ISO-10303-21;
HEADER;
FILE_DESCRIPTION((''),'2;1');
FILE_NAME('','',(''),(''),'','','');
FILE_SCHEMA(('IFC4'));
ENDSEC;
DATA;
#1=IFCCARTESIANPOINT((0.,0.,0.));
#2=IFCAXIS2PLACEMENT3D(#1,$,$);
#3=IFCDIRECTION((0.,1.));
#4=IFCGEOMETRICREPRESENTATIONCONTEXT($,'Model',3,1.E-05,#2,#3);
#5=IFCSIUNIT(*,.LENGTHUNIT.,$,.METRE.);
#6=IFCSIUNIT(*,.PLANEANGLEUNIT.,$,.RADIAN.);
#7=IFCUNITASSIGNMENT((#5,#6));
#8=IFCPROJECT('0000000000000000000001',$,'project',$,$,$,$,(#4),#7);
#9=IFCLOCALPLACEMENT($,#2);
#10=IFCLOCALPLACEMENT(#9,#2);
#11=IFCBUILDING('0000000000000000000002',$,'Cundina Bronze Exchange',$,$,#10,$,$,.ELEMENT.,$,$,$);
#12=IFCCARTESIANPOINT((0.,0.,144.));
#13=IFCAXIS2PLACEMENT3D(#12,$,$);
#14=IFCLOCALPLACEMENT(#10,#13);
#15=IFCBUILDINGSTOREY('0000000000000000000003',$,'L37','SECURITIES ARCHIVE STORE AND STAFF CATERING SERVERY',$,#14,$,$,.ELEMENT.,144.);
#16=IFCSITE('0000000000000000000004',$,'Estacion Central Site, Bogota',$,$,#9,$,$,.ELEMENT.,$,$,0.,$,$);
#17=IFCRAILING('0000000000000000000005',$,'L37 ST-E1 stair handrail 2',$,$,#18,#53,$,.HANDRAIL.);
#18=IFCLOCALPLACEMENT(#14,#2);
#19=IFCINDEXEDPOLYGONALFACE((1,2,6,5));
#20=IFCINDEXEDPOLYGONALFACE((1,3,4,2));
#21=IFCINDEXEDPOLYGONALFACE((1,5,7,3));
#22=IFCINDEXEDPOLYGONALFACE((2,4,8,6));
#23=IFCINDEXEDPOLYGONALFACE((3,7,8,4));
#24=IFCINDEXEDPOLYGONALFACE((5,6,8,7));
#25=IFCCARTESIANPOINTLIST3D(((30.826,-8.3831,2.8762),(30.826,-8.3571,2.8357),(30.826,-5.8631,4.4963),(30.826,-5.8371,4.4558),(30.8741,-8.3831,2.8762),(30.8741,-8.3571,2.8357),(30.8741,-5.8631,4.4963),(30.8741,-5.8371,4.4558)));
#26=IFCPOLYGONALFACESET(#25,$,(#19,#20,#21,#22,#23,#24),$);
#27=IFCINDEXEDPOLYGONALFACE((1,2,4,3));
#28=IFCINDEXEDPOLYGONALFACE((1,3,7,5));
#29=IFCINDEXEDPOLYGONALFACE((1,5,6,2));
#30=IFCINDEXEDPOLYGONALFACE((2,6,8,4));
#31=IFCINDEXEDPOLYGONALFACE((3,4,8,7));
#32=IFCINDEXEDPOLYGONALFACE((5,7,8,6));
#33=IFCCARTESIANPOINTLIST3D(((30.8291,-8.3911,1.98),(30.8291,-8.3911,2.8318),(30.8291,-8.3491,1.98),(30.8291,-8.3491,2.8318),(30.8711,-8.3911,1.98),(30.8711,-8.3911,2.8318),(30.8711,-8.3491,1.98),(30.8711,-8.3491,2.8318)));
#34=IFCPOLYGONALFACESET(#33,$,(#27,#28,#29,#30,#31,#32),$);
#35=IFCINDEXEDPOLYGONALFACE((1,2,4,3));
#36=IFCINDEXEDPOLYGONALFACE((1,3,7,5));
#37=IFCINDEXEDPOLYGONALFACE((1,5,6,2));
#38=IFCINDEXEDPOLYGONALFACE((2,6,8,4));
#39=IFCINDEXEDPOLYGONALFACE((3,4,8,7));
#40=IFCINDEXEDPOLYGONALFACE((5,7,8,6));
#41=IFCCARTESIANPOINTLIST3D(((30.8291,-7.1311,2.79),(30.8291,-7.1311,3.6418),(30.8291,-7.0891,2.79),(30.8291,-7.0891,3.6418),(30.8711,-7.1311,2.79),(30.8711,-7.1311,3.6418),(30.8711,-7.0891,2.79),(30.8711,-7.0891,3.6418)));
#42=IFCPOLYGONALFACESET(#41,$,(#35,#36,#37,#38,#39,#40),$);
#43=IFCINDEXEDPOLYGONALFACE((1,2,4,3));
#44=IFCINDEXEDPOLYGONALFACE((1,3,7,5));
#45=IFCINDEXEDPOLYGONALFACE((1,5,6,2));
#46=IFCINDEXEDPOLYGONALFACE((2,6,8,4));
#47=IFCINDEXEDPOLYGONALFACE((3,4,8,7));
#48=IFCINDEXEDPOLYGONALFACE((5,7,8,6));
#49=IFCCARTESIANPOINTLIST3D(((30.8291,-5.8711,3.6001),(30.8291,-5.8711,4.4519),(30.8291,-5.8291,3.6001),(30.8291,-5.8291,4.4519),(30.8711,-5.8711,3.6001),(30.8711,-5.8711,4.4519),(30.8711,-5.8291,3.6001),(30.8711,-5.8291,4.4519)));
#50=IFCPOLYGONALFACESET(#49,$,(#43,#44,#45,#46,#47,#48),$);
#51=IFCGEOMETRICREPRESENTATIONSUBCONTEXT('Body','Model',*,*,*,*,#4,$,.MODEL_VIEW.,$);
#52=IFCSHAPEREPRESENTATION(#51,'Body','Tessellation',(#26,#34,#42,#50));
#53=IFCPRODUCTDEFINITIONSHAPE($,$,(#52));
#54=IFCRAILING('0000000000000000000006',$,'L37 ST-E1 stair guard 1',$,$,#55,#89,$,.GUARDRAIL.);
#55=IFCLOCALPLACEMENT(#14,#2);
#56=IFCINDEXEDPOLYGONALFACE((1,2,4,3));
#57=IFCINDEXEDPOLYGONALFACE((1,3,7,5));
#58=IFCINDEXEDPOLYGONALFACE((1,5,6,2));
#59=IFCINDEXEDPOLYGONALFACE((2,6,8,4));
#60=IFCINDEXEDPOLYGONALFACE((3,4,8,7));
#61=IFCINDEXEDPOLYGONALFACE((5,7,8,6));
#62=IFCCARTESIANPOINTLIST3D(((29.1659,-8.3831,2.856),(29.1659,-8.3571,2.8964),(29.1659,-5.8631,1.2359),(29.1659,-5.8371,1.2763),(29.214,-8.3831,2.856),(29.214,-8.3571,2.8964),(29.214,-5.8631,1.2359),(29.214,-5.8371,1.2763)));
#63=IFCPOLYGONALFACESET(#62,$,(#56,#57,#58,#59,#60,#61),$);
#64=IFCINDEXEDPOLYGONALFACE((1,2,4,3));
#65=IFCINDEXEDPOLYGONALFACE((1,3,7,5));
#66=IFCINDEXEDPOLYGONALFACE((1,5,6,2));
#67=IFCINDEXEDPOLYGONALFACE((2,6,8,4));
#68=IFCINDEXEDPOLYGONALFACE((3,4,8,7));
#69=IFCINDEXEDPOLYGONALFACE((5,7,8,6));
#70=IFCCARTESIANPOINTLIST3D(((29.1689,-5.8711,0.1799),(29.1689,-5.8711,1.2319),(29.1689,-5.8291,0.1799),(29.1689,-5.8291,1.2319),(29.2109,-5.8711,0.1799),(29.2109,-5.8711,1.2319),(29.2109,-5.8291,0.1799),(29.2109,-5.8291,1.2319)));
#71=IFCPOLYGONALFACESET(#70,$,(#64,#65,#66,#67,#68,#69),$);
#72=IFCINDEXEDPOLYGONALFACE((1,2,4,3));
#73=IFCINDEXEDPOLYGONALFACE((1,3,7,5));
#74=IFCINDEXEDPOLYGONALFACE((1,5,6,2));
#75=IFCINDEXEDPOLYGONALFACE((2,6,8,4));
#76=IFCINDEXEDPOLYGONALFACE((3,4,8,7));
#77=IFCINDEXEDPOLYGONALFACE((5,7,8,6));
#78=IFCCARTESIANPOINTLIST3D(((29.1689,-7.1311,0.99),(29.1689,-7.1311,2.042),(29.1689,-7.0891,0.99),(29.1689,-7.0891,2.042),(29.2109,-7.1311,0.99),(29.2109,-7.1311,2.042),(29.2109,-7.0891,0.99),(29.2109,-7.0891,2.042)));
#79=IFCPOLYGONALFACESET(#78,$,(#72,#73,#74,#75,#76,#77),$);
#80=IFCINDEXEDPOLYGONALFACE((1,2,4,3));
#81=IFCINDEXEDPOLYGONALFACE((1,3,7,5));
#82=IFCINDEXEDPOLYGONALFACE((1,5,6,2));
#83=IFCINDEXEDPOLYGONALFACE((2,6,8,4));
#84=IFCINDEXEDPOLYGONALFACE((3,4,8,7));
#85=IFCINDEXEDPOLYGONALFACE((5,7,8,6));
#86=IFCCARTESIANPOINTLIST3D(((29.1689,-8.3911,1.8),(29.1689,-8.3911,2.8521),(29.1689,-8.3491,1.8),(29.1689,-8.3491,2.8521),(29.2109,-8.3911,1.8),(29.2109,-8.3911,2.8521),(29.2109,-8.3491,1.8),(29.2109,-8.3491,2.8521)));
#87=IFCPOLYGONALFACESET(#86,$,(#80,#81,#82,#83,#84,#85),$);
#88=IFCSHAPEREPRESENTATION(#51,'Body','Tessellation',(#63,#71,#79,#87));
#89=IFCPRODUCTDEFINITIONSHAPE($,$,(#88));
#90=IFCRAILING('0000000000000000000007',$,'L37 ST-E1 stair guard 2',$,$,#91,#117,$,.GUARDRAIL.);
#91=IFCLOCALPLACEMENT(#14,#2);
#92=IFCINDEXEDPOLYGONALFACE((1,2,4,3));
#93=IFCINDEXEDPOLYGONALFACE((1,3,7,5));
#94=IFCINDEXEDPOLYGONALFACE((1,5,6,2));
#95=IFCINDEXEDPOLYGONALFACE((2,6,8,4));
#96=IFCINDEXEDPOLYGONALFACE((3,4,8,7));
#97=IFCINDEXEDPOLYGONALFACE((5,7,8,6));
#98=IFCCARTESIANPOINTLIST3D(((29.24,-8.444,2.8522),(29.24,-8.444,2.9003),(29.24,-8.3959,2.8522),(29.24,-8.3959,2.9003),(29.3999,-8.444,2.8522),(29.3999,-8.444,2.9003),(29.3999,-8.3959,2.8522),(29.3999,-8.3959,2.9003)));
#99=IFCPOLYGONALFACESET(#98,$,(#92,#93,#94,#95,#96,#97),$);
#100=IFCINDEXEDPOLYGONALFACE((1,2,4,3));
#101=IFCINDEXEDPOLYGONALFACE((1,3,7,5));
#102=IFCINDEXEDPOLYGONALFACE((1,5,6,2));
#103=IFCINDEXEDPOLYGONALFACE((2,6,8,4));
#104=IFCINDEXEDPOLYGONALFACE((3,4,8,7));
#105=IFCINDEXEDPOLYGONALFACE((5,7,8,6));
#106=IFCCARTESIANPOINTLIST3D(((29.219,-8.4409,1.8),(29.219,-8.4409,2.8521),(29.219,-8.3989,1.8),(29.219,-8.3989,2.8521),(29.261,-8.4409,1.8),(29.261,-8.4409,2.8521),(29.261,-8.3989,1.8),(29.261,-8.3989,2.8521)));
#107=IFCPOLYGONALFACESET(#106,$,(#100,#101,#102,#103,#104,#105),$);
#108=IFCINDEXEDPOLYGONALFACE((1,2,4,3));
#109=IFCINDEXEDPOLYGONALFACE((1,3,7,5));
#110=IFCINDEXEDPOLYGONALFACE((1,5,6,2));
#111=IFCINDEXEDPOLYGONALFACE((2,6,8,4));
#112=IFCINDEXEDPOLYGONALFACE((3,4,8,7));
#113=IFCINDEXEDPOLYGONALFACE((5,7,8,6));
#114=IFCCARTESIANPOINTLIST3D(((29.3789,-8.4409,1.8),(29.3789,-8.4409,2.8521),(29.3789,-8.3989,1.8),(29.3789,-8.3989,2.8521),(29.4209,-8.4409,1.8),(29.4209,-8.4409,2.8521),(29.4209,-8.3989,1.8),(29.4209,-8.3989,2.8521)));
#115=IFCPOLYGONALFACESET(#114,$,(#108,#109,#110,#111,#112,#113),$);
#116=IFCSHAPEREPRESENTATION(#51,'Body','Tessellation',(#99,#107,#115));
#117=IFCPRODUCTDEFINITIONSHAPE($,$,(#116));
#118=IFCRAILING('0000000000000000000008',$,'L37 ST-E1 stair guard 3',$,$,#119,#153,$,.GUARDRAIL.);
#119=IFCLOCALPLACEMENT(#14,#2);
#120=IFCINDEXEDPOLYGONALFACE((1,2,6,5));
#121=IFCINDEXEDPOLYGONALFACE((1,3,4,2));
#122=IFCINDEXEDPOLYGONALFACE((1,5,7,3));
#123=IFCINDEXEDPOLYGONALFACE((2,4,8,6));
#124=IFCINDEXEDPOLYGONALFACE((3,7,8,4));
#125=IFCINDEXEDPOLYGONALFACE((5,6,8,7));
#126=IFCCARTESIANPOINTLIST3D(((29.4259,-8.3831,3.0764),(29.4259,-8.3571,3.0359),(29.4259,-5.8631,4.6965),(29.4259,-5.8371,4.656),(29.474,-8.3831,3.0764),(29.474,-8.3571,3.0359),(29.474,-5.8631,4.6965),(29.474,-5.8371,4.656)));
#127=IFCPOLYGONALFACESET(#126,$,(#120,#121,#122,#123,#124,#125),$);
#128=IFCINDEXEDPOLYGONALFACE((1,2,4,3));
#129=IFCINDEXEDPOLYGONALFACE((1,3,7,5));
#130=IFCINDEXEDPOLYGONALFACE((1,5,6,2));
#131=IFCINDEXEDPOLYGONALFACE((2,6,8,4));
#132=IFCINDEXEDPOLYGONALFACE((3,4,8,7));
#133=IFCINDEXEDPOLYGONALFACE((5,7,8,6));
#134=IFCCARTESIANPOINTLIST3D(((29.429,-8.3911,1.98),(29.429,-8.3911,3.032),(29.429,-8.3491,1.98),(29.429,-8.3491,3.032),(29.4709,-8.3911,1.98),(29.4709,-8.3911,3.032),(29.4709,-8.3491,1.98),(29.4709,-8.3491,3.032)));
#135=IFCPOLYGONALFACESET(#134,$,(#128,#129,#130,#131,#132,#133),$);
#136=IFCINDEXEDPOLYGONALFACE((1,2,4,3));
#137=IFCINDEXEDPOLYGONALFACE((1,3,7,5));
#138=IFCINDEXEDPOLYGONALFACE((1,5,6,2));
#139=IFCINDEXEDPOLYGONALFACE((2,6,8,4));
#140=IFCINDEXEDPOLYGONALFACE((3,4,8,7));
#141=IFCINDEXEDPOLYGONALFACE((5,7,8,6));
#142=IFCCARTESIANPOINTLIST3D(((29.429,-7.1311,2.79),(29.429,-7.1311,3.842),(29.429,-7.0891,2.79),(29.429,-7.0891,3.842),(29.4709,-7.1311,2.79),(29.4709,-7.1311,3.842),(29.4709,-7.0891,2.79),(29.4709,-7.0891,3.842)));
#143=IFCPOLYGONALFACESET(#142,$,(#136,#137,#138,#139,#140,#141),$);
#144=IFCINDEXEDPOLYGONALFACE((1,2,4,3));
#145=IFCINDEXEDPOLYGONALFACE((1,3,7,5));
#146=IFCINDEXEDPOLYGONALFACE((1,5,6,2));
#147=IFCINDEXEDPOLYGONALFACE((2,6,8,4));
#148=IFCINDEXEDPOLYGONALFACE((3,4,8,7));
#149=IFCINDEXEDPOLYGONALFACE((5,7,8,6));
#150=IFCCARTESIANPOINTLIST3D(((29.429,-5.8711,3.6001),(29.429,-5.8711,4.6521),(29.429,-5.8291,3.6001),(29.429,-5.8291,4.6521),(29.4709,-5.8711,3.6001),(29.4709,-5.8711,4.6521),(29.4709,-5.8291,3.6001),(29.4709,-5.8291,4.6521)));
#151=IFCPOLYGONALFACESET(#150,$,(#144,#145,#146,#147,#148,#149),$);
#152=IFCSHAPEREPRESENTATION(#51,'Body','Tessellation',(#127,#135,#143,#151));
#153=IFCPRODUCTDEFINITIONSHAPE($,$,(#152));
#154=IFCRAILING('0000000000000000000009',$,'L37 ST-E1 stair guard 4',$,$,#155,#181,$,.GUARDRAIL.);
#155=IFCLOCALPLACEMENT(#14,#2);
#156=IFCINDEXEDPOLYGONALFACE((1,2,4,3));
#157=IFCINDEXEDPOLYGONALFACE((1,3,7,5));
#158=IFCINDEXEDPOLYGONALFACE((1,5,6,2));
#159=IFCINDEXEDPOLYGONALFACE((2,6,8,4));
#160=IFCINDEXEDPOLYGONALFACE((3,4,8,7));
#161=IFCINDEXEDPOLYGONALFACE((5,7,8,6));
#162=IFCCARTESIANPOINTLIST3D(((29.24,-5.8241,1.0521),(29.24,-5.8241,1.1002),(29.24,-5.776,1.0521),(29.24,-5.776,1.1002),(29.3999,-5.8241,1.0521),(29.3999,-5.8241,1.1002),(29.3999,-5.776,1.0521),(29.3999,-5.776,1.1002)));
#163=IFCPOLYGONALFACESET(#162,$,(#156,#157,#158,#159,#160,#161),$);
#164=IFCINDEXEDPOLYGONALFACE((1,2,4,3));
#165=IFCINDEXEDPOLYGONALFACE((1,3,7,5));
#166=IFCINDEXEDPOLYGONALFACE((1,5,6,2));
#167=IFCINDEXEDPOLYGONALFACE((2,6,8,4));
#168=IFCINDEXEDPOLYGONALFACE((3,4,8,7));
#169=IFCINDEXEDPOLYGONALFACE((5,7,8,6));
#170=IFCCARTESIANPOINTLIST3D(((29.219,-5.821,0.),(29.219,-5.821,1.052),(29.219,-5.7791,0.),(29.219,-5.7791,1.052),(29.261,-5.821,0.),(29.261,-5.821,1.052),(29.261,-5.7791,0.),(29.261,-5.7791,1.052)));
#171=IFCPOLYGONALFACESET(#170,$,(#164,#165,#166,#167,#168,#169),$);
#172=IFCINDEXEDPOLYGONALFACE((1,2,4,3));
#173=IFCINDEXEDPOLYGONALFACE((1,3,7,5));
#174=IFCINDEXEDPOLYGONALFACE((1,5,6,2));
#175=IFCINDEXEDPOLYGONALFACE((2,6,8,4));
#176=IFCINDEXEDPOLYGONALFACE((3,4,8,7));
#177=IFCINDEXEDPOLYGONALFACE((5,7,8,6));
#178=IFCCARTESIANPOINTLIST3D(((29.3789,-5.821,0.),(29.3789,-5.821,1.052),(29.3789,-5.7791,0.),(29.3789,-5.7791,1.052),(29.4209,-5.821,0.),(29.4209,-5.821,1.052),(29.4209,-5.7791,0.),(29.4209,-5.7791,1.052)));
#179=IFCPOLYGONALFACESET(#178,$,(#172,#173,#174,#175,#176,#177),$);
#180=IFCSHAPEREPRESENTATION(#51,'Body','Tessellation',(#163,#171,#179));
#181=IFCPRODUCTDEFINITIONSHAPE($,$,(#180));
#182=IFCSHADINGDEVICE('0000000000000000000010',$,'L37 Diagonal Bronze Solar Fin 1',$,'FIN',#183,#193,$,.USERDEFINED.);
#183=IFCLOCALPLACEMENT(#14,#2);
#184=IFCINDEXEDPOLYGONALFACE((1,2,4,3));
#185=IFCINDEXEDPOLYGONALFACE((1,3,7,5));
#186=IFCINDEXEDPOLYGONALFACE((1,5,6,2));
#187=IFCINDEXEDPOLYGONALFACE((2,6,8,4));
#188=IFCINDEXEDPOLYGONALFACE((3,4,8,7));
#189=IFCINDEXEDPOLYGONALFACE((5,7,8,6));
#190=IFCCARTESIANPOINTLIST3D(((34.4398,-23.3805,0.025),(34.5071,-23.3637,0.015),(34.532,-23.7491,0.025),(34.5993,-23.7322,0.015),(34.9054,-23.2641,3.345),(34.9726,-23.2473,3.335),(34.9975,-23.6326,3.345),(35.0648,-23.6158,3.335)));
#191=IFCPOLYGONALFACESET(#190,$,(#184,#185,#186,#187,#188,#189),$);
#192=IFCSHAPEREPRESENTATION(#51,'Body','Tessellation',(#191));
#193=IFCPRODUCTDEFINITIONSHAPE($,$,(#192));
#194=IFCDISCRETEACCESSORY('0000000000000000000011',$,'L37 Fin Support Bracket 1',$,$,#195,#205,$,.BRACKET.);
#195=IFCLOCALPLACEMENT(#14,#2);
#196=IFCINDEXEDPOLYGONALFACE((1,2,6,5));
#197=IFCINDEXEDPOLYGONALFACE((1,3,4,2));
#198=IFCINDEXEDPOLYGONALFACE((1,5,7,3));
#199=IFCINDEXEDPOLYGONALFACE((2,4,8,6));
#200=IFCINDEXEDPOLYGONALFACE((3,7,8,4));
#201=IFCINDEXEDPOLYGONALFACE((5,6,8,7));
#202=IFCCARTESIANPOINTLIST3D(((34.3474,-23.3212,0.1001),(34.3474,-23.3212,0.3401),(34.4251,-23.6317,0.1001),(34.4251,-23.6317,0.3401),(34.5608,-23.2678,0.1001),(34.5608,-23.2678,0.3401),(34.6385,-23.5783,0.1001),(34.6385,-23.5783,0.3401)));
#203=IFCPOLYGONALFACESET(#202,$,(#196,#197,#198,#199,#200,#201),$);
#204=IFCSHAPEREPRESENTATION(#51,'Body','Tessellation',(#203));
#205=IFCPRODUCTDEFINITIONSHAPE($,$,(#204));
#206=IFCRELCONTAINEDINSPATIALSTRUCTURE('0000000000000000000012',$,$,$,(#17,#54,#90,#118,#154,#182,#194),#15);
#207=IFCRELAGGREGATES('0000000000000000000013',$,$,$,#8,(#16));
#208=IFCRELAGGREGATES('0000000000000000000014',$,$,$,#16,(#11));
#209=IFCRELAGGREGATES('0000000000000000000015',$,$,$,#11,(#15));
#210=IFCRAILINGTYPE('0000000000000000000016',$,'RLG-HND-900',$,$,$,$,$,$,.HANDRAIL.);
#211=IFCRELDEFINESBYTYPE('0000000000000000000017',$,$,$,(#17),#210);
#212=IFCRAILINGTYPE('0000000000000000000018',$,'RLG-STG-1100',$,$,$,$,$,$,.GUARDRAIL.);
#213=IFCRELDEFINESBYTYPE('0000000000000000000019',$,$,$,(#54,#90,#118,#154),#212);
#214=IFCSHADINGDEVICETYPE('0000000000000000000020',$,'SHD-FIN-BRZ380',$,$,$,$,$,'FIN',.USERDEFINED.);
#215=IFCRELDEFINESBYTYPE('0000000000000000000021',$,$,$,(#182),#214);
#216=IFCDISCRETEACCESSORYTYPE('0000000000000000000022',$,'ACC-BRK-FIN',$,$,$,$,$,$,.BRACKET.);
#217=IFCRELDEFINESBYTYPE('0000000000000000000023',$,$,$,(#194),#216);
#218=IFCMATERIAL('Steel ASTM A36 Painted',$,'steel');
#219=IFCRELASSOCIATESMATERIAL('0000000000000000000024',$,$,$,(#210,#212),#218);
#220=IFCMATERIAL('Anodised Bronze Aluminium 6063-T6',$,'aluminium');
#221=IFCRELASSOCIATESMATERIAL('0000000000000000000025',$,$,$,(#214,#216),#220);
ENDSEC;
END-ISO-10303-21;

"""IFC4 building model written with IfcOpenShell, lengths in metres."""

from ifc_helpers import new_model, si_unit, direction, frame, origin, origin_2d, place, context, subcontext, project, spatial, rectangle, extrude, material, material_profile, profile_set, type_object, element, save


model = new_model("IFC4")

# Units and contexts
model_context = context("Model", 3, precision=1e-05, world=origin(), true_north=direction((0.0, 1.0)))
body_context = subcontext(model_context, "Body", "Model", "MODEL_VIEW")
ifc_project = project(units=[si_unit("LENGTHUNIT", "METRE"), si_unit("PLANEANGLEUNIT", "RADIAN")], contexts=[model_context])

# Site, building, storey
site_placement = place(None, origin())
site = spatial("IfcSite", under=ifc_project, at=site_placement, Name="Estacion Central Site, Bogota", CompositionType="ELEMENT", RefElevation=0.0)
building_placement = place(site_placement, origin())
building = spatial("IfcBuilding", under=site, at=building_placement, Name="Cundina Bronze Exchange", CompositionType="ELEMENT")
storey_placement = place(building_placement, frame((0.0, 0.0, 144.0)))
storey = spatial("IfcBuildingStorey", under=building, at=storey_placement, Name="L37", Description="SECURITIES ARCHIVE STORE AND STAFF CATERING SERVERY", CompositionType="ELEMENT", Elevation=144.0)

# Shared definitions
ifc_material_1 = material(Name="Anodised Bronze Aluminium 6063-T6", Category="aluminium")

# Railings
ifc_material_2 = material(Name="Steel ASTM A36 Painted", Category="steel")
railing_type_1 = type_object("IfcRailingType", Name="RLG-HND-900", PredefinedType="HANDRAIL", material=ifc_material_2)
railing_1_placement = place(storey_placement, frame((30.8501, -8.3701, 1.98)))
element("IfcRailing", 1, at=railing_1_placement, inside=storey, type_object=railing_type_1, Name="L37 ST-E1 stair handrail 2", PredefinedType="HANDRAIL", context=body_context, shape_type="SweptSolid", body=[
    extrude(rectangle(XDim=0.0481, YDim=0.0481, at=origin_2d()), frame((0.0, 0.0, 0.876), z_axis=(0.0, 0.841163, 0.540782), x_axis=(-1.0, 0.0, 0.0)), (0.0, 0.0, 1.0), 2.9958),
    extrude(rectangle(XDim=0.042, YDim=0.042, at=origin_2d()), origin(), (0.0, 0.0, 1.0), 0.8518),
    extrude(rectangle(XDim=0.042, YDim=0.042, at=origin_2d()), frame((0.0, 1.26, 0.8101)), (0.0, 0.0, 1.0), 0.8518),
    extrude(rectangle(XDim=0.042, YDim=0.042, at=origin_2d()), frame((0.0, 2.52, 1.6201)), (0.0, 0.0, 1.0), 0.8518),
])
railing_type_2 = type_object("IfcRailingType", Name="RLG-STG-1100", PredefinedType="GUARDRAIL", material=ifc_material_2)
railing_2_placement = place(storey_placement, frame((29.1899, -5.8501, 0.1799)))
element("IfcRailing", 2, at=railing_2_placement, inside=storey, type_object=railing_type_2, Name="L37 ST-E1 stair guard 1", PredefinedType="GUARDRAIL", context=body_context, shape_type="SweptSolid", body=[
    extrude(rectangle(XDim=0.0481, YDim=0.0481, at=origin_2d()), frame((0.0, 0.0, 1.0762), z_axis=(0.0, -0.841163, 0.540782), x_axis=(1.0, 0.0, 0.0)), (0.0, 0.0, 1.0), 2.9958),
    extrude(rectangle(XDim=0.042, YDim=0.042, at=origin_2d()), origin(), (0.0, 0.0, 1.0), 1.052),
    extrude(rectangle(XDim=0.042, YDim=0.042, at=origin_2d()), frame((0.0, -1.26, 0.8101)), (0.0, 0.0, 1.0), 1.052),
    extrude(rectangle(XDim=0.042, YDim=0.042, at=origin_2d()), frame((0.0, -2.52, 1.6201)), (0.0, 0.0, 1.0), 1.052),
])
railing_3_placement = place(storey_placement, frame((29.24, -8.4199, 1.8)))
element("IfcRailing", 3, at=railing_3_placement, inside=storey, type_object=railing_type_2, Name="L37 ST-E1 stair guard 2", PredefinedType="GUARDRAIL", context=body_context, shape_type="SweptSolid", body=[
    extrude(rectangle(XDim=0.0481, YDim=0.0481, at=origin_2d()), frame((0.0, 0.0, 1.0762), z_axis=(1.0, 0.0, 0.0), x_axis=(0.0, 1.0, 0.0)), (0.0, 0.0, 1.0), 0.1599),
    extrude(rectangle(XDim=0.042, YDim=0.042, at=origin_2d()), origin(), (0.0, 0.0, 1.0), 1.052),
    extrude(rectangle(XDim=0.042, YDim=0.042, at=origin_2d()), frame((0.1599, 0.0, 0.0)), (0.0, 0.0, 1.0), 1.052),
])
railing_4_placement = place(storey_placement, frame((29.45, -8.3701, 1.98)))
element("IfcRailing", 4, at=railing_4_placement, inside=storey, type_object=railing_type_2, Name="L37 ST-E1 stair guard 3", PredefinedType="GUARDRAIL", context=body_context, shape_type="SweptSolid", body=[
    extrude(rectangle(XDim=0.0481, YDim=0.0481, at=origin_2d()), frame((0.0, 0.0, 1.0762), z_axis=(0.0, 0.841163, 0.540782), x_axis=(-1.0, 0.0, 0.0)), (0.0, 0.0, 1.0), 2.9958),
    extrude(rectangle(XDim=0.042, YDim=0.042, at=origin_2d()), origin(), (0.0, 0.0, 1.0), 1.052),
    extrude(rectangle(XDim=0.042, YDim=0.042, at=origin_2d()), frame((0.0, 1.26, 0.8101)), (0.0, 0.0, 1.0), 1.052),
    extrude(rectangle(XDim=0.042, YDim=0.042, at=origin_2d()), frame((0.0, 2.52, 1.6201)), (0.0, 0.0, 1.0), 1.052),
])
railing_5_placement = place(storey_placement, frame((29.24, -5.8, 0.0)))
element("IfcRailing", 5, at=railing_5_placement, inside=storey, type_object=railing_type_2, Name="L37 ST-E1 stair guard 4", PredefinedType="GUARDRAIL", context=body_context, shape_type="SweptSolid", body=[
    extrude(rectangle(XDim=0.0481, YDim=0.0481, at=origin_2d()), frame((0.0, 0.0, 1.0762), z_axis=(1.0, 0.0, 0.0), x_axis=(0.0, 1.0, 0.0)), (0.0, 0.0, 1.0), 0.1599),
    extrude(rectangle(XDim=0.042, YDim=0.042, at=origin_2d()), origin(), (0.0, 0.0, 1.0), 1.052),
    extrude(rectangle(XDim=0.042, YDim=0.042, at=origin_2d()), frame((0.1599, 0.0, 0.0)), (0.0, 0.0, 1.0), 1.052),
])

# Shading device
ifc_material_profile_1 = material_profile(ifc_material_1, rectangle(XDim=0.0701, YDim=0.3799, at=origin_2d()), Name="FIN70X380", Category="aluminium")
ifc_profile_set_1 = profile_set([ifc_material_profile_1], Name="Anodised Bronze Aluminium 6063-T6")
shading_device_type = type_object("IfcShadingDeviceType", Name="SHD-FIN-BRZ380", ElementType="FIN", PredefinedType="USERDEFINED", material=ifc_profile_set_1)
shading_device_placement = place(storey_placement, frame((34.5195, -23.5564, 0.02), z_axis=(0.138788, 0.034715, 0.989713), x_axis=(-0.960133, -0.240159, 0.143064)))
element("IfcShadingDevice", 6, at=shading_device_placement, inside=storey, type_object=shading_device_type, Name="L37 Diagonal Bronze Solar Fin 1", ObjectType="FIN", PredefinedType="USERDEFINED", context=body_context, shape_type="SweptSolid", body=[
    extrude(rectangle(XDim=0.0701, YDim=0.3799, at=origin_2d()), origin(), (0.0, 0.0, 1.0), 3.3545),
])

# Discrete accessory
discrete_accessory_type = type_object("IfcDiscreteAccessoryType", Name="ACC-BRK-FIN", PredefinedType="BRACKET", material=ifc_material_1)
discrete_accessory_placement = place(storey_placement, frame((34.4929, -23.4497, 0.1001), z_axis=(0.0, 0.0, 1.0), x_axis=(0.970093, 0.242735, 0.0)))
element("IfcDiscreteAccessory", 7, at=discrete_accessory_placement, inside=storey, type_object=discrete_accessory_type, Name="L37 Fin Support Bracket 1", PredefinedType="BRACKET", context=body_context, shape_type="SweptSolid", body=[
    extrude(rectangle(XDim=0.22, YDim=0.3201, at=origin_2d()), origin(), (0.0, 0.0, 1.0), 0.24),
])

save(model, "model.ifc")
